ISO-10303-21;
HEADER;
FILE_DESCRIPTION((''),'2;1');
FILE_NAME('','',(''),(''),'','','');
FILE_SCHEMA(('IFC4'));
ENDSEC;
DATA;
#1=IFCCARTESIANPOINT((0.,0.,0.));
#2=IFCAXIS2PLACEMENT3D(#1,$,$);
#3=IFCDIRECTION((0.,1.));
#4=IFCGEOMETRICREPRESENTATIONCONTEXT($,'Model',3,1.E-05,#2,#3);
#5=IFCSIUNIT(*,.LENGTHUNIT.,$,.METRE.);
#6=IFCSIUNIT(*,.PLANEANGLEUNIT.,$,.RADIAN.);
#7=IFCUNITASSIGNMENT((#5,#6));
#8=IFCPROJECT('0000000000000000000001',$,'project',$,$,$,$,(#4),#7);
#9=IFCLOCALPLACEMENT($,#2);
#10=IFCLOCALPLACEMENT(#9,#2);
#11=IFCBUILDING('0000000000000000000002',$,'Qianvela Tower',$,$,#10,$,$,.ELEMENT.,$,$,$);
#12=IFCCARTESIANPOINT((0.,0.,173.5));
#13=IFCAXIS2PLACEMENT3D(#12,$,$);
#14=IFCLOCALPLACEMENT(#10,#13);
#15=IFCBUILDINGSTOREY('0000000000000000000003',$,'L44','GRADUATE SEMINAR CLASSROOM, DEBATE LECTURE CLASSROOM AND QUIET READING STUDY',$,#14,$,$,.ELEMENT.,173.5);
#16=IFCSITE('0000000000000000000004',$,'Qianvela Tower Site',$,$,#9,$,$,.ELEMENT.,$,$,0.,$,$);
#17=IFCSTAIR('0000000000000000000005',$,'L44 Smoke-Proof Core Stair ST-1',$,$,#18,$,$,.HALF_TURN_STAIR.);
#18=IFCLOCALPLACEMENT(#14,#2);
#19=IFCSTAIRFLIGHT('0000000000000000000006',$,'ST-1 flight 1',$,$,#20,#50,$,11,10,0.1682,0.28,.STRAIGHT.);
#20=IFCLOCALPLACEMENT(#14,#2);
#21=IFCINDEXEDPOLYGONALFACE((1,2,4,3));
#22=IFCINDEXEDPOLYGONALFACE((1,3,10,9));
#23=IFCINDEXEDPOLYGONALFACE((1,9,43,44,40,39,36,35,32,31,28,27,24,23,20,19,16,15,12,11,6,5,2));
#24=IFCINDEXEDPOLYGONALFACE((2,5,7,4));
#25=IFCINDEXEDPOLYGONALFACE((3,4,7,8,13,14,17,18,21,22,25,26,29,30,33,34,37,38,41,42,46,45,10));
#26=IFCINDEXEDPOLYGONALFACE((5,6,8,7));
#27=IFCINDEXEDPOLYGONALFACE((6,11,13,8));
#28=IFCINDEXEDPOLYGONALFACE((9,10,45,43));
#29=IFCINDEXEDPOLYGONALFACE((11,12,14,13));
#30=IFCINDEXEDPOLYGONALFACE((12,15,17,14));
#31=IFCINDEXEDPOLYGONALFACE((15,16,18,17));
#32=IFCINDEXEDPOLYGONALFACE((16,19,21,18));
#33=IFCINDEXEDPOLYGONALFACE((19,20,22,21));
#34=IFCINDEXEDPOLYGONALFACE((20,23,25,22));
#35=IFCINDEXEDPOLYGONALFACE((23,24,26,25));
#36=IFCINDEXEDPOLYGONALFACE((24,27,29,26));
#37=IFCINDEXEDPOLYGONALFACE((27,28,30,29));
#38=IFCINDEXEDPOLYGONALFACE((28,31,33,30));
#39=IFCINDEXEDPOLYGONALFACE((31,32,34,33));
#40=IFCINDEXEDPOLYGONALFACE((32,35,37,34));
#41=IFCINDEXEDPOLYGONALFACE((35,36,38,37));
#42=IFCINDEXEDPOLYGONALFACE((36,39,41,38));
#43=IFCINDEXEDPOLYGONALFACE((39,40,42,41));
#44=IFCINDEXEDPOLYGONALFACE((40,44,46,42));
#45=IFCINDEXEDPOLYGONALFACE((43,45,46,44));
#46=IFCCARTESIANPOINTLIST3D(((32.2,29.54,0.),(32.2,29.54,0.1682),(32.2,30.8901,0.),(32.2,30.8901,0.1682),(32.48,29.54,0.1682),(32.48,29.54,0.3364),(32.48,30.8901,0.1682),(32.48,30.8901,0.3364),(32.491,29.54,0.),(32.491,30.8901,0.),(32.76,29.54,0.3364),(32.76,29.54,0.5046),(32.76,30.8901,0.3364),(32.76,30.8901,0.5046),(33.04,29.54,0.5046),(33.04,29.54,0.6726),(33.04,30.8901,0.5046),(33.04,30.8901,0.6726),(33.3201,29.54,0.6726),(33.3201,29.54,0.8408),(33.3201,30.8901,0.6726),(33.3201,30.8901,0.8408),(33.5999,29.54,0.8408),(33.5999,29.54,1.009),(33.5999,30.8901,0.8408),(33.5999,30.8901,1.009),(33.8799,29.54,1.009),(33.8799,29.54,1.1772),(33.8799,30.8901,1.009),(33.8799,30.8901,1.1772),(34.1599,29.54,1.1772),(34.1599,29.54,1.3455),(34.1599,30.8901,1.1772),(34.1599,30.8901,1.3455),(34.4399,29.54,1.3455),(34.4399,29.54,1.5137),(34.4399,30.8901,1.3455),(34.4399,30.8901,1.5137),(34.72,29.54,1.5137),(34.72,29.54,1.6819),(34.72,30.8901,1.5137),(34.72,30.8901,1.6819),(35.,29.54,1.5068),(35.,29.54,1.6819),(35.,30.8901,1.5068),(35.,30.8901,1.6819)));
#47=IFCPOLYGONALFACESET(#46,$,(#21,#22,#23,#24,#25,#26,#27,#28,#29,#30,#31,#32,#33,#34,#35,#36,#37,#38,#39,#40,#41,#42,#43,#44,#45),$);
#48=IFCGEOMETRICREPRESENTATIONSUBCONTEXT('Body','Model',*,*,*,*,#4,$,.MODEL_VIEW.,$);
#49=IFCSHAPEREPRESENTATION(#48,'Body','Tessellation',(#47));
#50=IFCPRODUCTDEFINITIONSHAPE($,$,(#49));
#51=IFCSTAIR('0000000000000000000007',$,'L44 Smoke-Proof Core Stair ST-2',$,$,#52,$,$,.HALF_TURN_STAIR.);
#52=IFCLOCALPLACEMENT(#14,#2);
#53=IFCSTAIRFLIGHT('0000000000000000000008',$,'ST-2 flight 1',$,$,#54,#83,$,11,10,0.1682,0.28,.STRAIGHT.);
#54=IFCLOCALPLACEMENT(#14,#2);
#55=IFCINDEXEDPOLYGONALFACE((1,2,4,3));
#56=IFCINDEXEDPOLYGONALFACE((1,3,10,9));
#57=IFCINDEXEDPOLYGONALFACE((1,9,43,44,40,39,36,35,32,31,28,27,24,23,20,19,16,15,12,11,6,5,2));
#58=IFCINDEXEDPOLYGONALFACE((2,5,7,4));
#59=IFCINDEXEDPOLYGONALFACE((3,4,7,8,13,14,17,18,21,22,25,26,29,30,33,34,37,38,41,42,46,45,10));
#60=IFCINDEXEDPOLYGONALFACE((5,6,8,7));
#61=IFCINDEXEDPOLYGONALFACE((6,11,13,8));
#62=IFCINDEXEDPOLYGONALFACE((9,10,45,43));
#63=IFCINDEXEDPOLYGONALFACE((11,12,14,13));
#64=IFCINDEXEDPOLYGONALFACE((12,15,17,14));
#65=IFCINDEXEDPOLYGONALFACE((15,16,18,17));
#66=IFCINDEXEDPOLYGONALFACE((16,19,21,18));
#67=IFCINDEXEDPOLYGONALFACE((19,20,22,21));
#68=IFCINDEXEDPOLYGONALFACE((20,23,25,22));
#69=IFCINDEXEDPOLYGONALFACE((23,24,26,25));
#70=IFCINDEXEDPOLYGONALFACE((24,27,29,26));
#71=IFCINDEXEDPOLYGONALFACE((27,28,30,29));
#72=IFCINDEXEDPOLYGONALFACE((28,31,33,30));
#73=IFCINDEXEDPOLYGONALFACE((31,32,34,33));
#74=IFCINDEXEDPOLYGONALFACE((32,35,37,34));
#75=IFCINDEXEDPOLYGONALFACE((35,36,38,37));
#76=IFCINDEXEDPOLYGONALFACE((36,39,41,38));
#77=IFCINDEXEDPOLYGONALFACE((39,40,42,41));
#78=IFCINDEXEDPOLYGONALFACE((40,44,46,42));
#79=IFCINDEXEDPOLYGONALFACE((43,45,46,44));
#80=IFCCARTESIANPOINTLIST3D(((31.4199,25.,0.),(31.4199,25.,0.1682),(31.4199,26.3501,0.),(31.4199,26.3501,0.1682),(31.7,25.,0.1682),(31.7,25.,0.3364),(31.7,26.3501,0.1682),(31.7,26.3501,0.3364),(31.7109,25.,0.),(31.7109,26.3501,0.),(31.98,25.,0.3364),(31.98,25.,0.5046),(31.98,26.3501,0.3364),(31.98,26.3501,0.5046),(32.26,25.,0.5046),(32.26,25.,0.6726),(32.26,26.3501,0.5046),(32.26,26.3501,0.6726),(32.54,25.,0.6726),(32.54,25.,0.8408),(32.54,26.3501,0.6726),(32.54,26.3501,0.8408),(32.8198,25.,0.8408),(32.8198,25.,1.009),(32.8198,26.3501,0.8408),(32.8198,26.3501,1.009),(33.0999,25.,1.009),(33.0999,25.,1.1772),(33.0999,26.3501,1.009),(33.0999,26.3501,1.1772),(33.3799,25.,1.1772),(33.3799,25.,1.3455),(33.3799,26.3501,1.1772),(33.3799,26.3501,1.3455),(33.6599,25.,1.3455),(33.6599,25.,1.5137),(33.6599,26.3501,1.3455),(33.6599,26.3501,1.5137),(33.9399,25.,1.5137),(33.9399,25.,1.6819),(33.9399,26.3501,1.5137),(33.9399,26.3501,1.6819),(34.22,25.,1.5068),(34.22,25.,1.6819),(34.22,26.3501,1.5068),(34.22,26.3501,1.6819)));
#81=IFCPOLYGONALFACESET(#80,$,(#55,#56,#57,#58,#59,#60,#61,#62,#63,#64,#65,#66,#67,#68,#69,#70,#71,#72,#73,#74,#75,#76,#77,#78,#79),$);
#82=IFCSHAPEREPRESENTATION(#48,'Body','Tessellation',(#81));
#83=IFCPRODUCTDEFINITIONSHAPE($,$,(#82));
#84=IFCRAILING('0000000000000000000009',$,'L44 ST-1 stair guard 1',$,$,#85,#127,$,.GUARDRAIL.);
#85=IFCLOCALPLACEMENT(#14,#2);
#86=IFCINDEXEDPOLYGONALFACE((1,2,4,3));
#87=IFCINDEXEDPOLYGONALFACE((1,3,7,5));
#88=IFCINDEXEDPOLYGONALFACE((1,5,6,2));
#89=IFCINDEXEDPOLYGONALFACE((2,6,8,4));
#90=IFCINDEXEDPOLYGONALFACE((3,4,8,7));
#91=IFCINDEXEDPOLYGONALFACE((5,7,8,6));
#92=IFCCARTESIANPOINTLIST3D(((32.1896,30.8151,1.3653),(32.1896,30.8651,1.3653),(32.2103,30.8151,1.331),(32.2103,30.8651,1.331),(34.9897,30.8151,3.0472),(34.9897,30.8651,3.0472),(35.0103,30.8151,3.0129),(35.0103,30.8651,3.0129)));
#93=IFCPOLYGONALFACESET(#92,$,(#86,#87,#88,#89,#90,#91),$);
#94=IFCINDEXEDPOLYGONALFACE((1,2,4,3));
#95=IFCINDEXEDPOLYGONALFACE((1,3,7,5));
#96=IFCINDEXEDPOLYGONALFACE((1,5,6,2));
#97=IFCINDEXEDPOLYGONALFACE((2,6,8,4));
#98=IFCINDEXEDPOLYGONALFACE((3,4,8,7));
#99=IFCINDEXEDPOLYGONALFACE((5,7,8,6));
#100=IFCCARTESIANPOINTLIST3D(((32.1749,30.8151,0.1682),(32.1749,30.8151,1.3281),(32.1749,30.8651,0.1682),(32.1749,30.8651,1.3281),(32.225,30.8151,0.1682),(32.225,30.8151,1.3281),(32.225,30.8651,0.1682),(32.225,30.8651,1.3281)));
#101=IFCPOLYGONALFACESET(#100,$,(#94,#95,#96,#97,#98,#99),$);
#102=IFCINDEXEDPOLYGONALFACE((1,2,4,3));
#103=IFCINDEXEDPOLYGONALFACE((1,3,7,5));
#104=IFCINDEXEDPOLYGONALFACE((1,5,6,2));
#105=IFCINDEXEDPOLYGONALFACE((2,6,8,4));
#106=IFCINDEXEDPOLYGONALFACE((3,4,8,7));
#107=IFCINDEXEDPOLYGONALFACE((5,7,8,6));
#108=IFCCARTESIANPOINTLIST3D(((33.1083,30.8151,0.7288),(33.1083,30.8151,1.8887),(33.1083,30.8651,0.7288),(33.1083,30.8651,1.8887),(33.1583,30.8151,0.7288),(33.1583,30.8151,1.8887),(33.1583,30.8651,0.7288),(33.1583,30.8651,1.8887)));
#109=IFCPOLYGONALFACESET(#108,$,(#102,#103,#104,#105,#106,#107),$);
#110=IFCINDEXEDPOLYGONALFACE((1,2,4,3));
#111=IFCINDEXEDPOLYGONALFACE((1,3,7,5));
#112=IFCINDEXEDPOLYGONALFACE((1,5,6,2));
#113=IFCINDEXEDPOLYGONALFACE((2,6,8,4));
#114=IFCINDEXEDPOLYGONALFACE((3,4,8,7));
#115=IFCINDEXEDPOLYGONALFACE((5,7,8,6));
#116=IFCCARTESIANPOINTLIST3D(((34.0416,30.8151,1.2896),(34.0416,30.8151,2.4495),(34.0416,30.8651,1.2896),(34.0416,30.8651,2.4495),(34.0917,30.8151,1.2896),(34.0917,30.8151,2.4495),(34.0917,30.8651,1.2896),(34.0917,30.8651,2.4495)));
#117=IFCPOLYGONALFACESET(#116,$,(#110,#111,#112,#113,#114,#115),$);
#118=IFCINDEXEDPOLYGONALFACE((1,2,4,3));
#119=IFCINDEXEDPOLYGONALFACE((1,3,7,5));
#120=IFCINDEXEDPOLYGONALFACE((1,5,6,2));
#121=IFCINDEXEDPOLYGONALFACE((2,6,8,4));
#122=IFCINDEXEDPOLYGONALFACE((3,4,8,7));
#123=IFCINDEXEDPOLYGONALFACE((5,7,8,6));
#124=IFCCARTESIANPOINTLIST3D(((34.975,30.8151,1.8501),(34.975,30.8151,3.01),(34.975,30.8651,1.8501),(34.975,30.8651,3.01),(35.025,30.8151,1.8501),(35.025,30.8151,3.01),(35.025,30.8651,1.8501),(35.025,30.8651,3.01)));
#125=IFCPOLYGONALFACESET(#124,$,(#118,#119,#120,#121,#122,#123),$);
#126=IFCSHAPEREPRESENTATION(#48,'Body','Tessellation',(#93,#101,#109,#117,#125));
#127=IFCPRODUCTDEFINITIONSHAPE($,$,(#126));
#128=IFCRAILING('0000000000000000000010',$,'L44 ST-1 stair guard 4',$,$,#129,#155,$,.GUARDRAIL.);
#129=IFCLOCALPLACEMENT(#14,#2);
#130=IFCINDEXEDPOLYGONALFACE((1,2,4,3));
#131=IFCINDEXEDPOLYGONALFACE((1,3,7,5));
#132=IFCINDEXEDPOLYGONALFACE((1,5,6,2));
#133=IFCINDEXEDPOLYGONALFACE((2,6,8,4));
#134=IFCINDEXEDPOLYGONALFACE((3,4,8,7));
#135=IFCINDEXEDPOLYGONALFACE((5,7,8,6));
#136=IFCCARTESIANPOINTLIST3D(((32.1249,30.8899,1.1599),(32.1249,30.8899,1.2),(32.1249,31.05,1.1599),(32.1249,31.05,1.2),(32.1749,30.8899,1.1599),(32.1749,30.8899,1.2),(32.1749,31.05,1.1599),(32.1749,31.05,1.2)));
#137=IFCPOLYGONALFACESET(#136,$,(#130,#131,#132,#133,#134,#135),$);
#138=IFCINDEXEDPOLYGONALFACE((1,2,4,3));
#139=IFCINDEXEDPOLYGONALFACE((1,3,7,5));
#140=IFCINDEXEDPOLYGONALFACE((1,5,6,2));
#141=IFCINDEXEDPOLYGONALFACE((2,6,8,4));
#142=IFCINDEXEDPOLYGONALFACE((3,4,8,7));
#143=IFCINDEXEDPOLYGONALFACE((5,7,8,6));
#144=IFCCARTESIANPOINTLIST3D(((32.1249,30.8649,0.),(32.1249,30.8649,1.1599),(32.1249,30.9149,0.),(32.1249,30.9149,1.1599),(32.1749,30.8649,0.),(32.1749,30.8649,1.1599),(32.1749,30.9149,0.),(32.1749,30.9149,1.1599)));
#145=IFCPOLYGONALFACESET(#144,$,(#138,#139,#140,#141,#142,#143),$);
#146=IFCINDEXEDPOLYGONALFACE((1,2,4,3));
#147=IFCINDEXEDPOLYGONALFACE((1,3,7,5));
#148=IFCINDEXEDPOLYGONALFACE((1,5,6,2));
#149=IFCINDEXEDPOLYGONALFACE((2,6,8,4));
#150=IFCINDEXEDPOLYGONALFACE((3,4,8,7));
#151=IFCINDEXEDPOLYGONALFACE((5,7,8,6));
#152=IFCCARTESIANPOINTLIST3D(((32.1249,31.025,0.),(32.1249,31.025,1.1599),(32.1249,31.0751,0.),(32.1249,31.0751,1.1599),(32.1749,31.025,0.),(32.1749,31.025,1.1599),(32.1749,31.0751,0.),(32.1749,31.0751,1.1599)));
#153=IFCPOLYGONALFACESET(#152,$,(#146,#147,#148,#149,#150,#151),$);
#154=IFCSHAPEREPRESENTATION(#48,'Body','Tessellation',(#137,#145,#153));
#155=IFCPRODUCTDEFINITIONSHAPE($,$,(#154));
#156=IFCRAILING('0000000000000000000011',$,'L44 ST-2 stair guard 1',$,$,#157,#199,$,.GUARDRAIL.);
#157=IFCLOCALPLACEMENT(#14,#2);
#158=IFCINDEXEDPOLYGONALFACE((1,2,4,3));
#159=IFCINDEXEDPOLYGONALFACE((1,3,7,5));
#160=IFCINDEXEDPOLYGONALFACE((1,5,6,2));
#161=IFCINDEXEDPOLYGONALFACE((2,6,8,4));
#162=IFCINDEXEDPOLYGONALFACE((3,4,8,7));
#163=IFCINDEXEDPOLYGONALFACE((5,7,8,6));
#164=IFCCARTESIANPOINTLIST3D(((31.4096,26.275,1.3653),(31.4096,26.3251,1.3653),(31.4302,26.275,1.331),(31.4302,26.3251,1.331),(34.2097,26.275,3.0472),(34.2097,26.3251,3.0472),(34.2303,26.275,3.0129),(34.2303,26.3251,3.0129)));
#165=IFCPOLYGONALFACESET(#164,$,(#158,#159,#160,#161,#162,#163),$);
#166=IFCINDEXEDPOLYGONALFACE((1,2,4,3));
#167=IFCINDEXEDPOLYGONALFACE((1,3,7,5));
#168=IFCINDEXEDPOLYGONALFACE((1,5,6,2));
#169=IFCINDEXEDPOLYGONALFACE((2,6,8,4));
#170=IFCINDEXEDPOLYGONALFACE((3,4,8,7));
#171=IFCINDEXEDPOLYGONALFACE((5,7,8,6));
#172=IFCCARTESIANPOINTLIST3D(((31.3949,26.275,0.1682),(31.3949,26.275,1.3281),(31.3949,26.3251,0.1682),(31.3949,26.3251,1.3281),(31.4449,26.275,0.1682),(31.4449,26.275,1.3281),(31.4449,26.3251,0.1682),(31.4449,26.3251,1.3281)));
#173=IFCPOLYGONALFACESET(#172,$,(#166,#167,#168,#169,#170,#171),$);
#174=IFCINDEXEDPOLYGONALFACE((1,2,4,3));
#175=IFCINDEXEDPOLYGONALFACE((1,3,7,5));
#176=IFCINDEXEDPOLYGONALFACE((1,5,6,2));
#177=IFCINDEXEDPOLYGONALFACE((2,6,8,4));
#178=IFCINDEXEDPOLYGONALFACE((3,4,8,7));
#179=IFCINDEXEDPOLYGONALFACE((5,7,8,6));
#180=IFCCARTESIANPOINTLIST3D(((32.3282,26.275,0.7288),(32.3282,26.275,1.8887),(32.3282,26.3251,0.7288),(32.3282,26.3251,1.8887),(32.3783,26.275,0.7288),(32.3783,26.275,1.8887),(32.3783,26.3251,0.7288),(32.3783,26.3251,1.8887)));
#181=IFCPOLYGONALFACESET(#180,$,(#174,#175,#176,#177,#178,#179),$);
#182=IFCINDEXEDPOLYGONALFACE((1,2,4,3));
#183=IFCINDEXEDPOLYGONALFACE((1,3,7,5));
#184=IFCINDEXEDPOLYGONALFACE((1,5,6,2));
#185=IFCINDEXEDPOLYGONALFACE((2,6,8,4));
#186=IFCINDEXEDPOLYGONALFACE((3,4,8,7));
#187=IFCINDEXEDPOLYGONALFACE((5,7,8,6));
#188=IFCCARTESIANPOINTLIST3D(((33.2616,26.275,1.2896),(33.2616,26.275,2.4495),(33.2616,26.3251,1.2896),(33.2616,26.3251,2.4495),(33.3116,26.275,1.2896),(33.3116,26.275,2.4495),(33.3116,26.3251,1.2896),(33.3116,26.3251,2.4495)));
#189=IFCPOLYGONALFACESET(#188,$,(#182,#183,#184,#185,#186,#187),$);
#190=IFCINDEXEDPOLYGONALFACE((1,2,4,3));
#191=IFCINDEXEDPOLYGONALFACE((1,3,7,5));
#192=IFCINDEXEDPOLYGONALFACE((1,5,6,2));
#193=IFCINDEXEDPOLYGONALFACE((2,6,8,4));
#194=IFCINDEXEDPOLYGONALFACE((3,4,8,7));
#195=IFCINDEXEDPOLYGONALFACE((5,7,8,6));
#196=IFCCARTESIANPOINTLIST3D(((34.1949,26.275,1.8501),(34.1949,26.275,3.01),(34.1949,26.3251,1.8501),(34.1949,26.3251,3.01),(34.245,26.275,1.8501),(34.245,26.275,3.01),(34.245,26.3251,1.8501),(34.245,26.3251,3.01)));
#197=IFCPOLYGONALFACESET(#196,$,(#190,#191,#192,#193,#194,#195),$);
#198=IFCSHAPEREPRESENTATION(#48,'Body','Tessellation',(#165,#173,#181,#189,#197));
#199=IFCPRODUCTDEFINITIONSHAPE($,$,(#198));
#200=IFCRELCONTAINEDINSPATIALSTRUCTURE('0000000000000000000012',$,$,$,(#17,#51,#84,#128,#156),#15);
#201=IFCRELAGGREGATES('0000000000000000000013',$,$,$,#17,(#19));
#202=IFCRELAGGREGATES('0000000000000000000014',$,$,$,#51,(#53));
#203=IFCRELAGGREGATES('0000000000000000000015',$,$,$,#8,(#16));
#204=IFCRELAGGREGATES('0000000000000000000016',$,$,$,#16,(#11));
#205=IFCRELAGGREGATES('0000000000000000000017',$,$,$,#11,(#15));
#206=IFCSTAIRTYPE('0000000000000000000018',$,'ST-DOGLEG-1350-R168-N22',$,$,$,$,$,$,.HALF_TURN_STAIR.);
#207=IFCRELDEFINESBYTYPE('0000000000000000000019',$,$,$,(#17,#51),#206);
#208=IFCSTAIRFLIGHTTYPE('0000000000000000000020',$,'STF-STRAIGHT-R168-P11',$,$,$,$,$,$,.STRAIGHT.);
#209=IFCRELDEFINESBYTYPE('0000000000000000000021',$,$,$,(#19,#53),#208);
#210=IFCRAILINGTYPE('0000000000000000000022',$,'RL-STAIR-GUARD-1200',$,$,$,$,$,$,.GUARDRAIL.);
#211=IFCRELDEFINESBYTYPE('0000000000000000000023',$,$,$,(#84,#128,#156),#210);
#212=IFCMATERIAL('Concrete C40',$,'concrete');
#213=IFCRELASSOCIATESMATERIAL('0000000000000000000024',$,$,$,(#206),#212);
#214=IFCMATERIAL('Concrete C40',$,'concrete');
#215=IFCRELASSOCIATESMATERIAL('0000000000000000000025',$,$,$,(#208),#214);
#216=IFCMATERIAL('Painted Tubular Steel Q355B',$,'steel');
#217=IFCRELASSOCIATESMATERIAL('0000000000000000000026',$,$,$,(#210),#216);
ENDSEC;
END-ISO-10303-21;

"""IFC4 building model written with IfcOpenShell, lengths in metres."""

from ifc_helpers import new_model, si_unit, direction, frame, origin, origin_2d, place, context, subcontext, project, spatial, polyline, rectangle, outline, extrude, material, type_object, element, aggregate, save


model = new_model("IFC4")

# Units and contexts
model_context = context("Model", 3, precision=1e-05, world=origin(), true_north=direction((0.0, 1.0)))
body_context = subcontext(model_context, "Body", "Model", "MODEL_VIEW")
ifc_project = project(units=[si_unit("LENGTHUNIT", "METRE"), si_unit("PLANEANGLEUNIT", "RADIAN")], contexts=[model_context])

# Site, building, storey
site_placement = place(None, origin())
site = spatial("IfcSite", under=ifc_project, at=site_placement, Name="Qianvela Tower Site", CompositionType="ELEMENT", RefElevation=0.0)
building_placement = place(site_placement, origin())
building = spatial("IfcBuilding", under=site, at=building_placement, Name="Qianvela Tower", CompositionType="ELEMENT")
storey_placement = place(building_placement, frame((0.0, 0.0, 173.5)))
storey = spatial("IfcBuildingStorey", under=building, at=storey_placement, Name="L44", Description="GRADUATE SEMINAR CLASSROOM, DEBATE LECTURE CLASSROOM AND QUIET READING STUDY", CompositionType="ELEMENT", Elevation=173.5)

# Stairs, stair flights
ifc_material_1 = material(Name="Concrete C40", Category="concrete")
stair_type = type_object("IfcStairType", Name="ST-DOGLEG-1350-R168-N22", PredefinedType="HALF_TURN_STAIR", material=ifc_material_1)
stair_1_placement = place(storey_placement, origin())
stair_1 = element("IfcStair", 1, at=stair_1_placement, inside=storey, type_object=stair_type, Name="L44 Smoke-Proof Core Stair ST-1", PredefinedType="HALF_TURN_STAIR")
ifc_material_2 = material(Name="Concrete C40", Category="concrete")
stair_flight_type = type_object("IfcStairFlightType", Name="STF-STRAIGHT-R168-P11", PredefinedType="STRAIGHT", material=ifc_material_2)
stair_flight_1_placement = place(storey_placement, frame((32.2, 30.2151, 0.0), z_axis=(0.0, 0.0, 1.0), x_axis=(1.0, 0.0, 0.0)))
stair_flight_1 = element("IfcStairFlight", 2, at=stair_flight_1_placement, type_object=stair_flight_type, Name="ST-1 flight 1", NumberOfRisers=11, NumberOfTreads=10, PredefinedType="STRAIGHT", RiserHeight=0.1682, TreadLength=0.28, context=body_context, shape_type="SweptSolid", body=[
    extrude(outline(polyline([(0.0, 0.0), (0.0, 0.1682), (0.28, 0.1682), (0.28, 0.3364), (0.5601, 0.3364), (0.5601, 0.5046), (0.8401, 0.5046), (0.8401, 0.6726), (1.1201, 0.6726), (1.1201, 0.8408), (1.3999, 0.8408), (1.3999, 1.009), (1.6799, 1.009), (1.6799, 1.1772), (1.96, 1.1772), (1.96, 1.3455), (2.24, 1.3455), (2.24, 1.5137), (2.52, 1.5137), (2.52, 1.6819), (2.8, 1.6819), (2.8, 1.8501), (2.8, 1.5068), (0.291, 0.0), (0.0, 0.0)])), frame((0.0, 0.675, 0.0), z_axis=(0.0, -1.0, 0.0), x_axis=(1.0, 0.0, 0.0)), (0.0, 0.0, 1.0), 1.3501),
])
aggregate(stair_1, [stair_flight_1])
stair_2_placement = place(storey_placement, origin())
stair_2 = element("IfcStair", 3, at=stair_2_placement, inside=storey, type_object=stair_type, Name="L44 Smoke-Proof Core Stair ST-2", PredefinedType="HALF_TURN_STAIR")
stair_flight_2_placement = place(storey_placement, frame((31.4199, 25.675, 0.0), z_axis=(0.0, 0.0, 1.0), x_axis=(1.0, 0.0, 0.0)))
stair_flight_2 = element("IfcStairFlight", 4, at=stair_flight_2_placement, type_object=stair_flight_type, Name="ST-2 flight 1", NumberOfRisers=11, NumberOfTreads=10, PredefinedType="STRAIGHT", RiserHeight=0.1682, TreadLength=0.28, context=body_context, shape_type="SweptSolid", body=[
    extrude(outline(polyline([(0.0, 0.0), (0.0, 0.1682), (0.28, 0.1682), (0.28, 0.3364), (0.5601, 0.3364), (0.5601, 0.5046), (0.8401, 0.5046), (0.8401, 0.6726), (1.1201, 0.6726), (1.1201, 0.8408), (1.3999, 0.8408), (1.3999, 1.009), (1.6799, 1.009), (1.6799, 1.1772), (1.96, 1.1772), (1.96, 1.3455), (2.24, 1.3455), (2.24, 1.5137), (2.52, 1.5137), (2.52, 1.6819), (2.8, 1.6819), (2.8, 1.8501), (2.8, 1.5068), (0.291, 0.0), (0.0, 0.0)])), frame((0.0, 0.675, 0.0), z_axis=(0.0, -1.0, 0.0), x_axis=(1.0, 0.0, 0.0)), (0.0, 0.0, 1.0), 1.3501),
])
aggregate(stair_2, [stair_flight_2])

# Railings
ifc_material_3 = material(Name="Painted Tubular Steel Q355B", Category="steel")
railing_type_1 = type_object("IfcRailingType", Name="RL-STAIR-GUARD-1200", PredefinedType="GUARDRAIL", material=ifc_material_3)
railing_1_placement = place(storey_placement, frame((32.2, 30.8401, 0.1682)))
element("IfcRailing", 5, at=railing_1_placement, inside=storey, type_object=railing_type_1, Name="L44 ST-1 stair guard 1", PredefinedType="GUARDRAIL", context=body_context, shape_type="SweptSolid", body=[
    extrude(rectangle(XDim=0.05, YDim=0.04, at=origin_2d()), frame((0.0, 0.0, 1.1799), z_axis=(0.857242, 0.0, 0.514913), x_axis=(0.0, 1.0, 0.0)), (0.0, 0.0, 1.0), 3.2664),
    extrude(rectangle(XDim=0.05, YDim=0.05, at=origin_2d()), origin(), (0.0, 0.0, 1.0), 1.1599),
    extrude(rectangle(XDim=0.05, YDim=0.05, at=origin_2d()), frame((0.9333, 0.0, 0.5605)), (0.0, 0.0, 1.0), 1.1599),
    extrude(rectangle(XDim=0.05, YDim=0.05, at=origin_2d()), frame((1.8667, 0.0, 1.1213)), (0.0, 0.0, 1.0), 1.1599),
    extrude(rectangle(XDim=0.05, YDim=0.05, at=origin_2d()), frame((2.8, 0.0, 1.6819)), (0.0, 0.0, 1.0), 1.1599),
])
railing_2_placement = place(storey_placement, frame((32.1499, 30.8899, 0.0)))
element("IfcRailing", 6, at=railing_2_placement, inside=storey, type_object=railing_type_1, Name="L44 ST-1 stair guard 4", PredefinedType="GUARDRAIL", context=body_context, shape_type="SweptSolid", body=[
    extrude(rectangle(XDim=0.05, YDim=0.04, at=origin_2d()), frame((0.0, 0.0, 1.1799), z_axis=(0.0, 1.0, 0.0), x_axis=(-1.0, 0.0, 0.0)), (0.0, 0.0, 1.0), 0.1602),
    extrude(rectangle(XDim=0.05, YDim=0.05, at=origin_2d()), origin(), (0.0, 0.0, 1.0), 1.1599),
    extrude(rectangle(XDim=0.05, YDim=0.05, at=origin_2d()), frame((0.0, 0.1602, 0.0)), (0.0, 0.0, 1.0), 1.1599),
])
railing_3_placement = place(storey_placement, frame((31.4199, 26.3, 0.1682)))
element("IfcRailing", 7, at=railing_3_placement, inside=storey, type_object=railing_type_1, Name="L44 ST-2 stair guard 1", PredefinedType="GUARDRAIL", context=body_context, shape_type="SweptSolid", body=[
    extrude(rectangle(XDim=0.05, YDim=0.04, at=origin_2d()), frame((0.0, 0.0, 1.1799), z_axis=(0.857242, 0.0, 0.514913), x_axis=(0.0, 1.0, 0.0)), (0.0, 0.0, 1.0), 3.2664),
    extrude(rectangle(XDim=0.05, YDim=0.05, at=origin_2d()), origin(), (0.0, 0.0, 1.0), 1.1599),
    extrude(rectangle(XDim=0.05, YDim=0.05, at=origin_2d()), frame((0.9333, 0.0, 0.5605)), (0.0, 0.0, 1.0), 1.1599),
    extrude(rectangle(XDim=0.05, YDim=0.05, at=origin_2d()), frame((1.8667, 0.0, 1.1213)), (0.0, 0.0, 1.0), 1.1599),
    extrude(rectangle(XDim=0.05, YDim=0.05, at=origin_2d()), frame((2.8, 0.0, 1.6819)), (0.0, 0.0, 1.0), 1.1599),
])

save(model, "model.ifc")
